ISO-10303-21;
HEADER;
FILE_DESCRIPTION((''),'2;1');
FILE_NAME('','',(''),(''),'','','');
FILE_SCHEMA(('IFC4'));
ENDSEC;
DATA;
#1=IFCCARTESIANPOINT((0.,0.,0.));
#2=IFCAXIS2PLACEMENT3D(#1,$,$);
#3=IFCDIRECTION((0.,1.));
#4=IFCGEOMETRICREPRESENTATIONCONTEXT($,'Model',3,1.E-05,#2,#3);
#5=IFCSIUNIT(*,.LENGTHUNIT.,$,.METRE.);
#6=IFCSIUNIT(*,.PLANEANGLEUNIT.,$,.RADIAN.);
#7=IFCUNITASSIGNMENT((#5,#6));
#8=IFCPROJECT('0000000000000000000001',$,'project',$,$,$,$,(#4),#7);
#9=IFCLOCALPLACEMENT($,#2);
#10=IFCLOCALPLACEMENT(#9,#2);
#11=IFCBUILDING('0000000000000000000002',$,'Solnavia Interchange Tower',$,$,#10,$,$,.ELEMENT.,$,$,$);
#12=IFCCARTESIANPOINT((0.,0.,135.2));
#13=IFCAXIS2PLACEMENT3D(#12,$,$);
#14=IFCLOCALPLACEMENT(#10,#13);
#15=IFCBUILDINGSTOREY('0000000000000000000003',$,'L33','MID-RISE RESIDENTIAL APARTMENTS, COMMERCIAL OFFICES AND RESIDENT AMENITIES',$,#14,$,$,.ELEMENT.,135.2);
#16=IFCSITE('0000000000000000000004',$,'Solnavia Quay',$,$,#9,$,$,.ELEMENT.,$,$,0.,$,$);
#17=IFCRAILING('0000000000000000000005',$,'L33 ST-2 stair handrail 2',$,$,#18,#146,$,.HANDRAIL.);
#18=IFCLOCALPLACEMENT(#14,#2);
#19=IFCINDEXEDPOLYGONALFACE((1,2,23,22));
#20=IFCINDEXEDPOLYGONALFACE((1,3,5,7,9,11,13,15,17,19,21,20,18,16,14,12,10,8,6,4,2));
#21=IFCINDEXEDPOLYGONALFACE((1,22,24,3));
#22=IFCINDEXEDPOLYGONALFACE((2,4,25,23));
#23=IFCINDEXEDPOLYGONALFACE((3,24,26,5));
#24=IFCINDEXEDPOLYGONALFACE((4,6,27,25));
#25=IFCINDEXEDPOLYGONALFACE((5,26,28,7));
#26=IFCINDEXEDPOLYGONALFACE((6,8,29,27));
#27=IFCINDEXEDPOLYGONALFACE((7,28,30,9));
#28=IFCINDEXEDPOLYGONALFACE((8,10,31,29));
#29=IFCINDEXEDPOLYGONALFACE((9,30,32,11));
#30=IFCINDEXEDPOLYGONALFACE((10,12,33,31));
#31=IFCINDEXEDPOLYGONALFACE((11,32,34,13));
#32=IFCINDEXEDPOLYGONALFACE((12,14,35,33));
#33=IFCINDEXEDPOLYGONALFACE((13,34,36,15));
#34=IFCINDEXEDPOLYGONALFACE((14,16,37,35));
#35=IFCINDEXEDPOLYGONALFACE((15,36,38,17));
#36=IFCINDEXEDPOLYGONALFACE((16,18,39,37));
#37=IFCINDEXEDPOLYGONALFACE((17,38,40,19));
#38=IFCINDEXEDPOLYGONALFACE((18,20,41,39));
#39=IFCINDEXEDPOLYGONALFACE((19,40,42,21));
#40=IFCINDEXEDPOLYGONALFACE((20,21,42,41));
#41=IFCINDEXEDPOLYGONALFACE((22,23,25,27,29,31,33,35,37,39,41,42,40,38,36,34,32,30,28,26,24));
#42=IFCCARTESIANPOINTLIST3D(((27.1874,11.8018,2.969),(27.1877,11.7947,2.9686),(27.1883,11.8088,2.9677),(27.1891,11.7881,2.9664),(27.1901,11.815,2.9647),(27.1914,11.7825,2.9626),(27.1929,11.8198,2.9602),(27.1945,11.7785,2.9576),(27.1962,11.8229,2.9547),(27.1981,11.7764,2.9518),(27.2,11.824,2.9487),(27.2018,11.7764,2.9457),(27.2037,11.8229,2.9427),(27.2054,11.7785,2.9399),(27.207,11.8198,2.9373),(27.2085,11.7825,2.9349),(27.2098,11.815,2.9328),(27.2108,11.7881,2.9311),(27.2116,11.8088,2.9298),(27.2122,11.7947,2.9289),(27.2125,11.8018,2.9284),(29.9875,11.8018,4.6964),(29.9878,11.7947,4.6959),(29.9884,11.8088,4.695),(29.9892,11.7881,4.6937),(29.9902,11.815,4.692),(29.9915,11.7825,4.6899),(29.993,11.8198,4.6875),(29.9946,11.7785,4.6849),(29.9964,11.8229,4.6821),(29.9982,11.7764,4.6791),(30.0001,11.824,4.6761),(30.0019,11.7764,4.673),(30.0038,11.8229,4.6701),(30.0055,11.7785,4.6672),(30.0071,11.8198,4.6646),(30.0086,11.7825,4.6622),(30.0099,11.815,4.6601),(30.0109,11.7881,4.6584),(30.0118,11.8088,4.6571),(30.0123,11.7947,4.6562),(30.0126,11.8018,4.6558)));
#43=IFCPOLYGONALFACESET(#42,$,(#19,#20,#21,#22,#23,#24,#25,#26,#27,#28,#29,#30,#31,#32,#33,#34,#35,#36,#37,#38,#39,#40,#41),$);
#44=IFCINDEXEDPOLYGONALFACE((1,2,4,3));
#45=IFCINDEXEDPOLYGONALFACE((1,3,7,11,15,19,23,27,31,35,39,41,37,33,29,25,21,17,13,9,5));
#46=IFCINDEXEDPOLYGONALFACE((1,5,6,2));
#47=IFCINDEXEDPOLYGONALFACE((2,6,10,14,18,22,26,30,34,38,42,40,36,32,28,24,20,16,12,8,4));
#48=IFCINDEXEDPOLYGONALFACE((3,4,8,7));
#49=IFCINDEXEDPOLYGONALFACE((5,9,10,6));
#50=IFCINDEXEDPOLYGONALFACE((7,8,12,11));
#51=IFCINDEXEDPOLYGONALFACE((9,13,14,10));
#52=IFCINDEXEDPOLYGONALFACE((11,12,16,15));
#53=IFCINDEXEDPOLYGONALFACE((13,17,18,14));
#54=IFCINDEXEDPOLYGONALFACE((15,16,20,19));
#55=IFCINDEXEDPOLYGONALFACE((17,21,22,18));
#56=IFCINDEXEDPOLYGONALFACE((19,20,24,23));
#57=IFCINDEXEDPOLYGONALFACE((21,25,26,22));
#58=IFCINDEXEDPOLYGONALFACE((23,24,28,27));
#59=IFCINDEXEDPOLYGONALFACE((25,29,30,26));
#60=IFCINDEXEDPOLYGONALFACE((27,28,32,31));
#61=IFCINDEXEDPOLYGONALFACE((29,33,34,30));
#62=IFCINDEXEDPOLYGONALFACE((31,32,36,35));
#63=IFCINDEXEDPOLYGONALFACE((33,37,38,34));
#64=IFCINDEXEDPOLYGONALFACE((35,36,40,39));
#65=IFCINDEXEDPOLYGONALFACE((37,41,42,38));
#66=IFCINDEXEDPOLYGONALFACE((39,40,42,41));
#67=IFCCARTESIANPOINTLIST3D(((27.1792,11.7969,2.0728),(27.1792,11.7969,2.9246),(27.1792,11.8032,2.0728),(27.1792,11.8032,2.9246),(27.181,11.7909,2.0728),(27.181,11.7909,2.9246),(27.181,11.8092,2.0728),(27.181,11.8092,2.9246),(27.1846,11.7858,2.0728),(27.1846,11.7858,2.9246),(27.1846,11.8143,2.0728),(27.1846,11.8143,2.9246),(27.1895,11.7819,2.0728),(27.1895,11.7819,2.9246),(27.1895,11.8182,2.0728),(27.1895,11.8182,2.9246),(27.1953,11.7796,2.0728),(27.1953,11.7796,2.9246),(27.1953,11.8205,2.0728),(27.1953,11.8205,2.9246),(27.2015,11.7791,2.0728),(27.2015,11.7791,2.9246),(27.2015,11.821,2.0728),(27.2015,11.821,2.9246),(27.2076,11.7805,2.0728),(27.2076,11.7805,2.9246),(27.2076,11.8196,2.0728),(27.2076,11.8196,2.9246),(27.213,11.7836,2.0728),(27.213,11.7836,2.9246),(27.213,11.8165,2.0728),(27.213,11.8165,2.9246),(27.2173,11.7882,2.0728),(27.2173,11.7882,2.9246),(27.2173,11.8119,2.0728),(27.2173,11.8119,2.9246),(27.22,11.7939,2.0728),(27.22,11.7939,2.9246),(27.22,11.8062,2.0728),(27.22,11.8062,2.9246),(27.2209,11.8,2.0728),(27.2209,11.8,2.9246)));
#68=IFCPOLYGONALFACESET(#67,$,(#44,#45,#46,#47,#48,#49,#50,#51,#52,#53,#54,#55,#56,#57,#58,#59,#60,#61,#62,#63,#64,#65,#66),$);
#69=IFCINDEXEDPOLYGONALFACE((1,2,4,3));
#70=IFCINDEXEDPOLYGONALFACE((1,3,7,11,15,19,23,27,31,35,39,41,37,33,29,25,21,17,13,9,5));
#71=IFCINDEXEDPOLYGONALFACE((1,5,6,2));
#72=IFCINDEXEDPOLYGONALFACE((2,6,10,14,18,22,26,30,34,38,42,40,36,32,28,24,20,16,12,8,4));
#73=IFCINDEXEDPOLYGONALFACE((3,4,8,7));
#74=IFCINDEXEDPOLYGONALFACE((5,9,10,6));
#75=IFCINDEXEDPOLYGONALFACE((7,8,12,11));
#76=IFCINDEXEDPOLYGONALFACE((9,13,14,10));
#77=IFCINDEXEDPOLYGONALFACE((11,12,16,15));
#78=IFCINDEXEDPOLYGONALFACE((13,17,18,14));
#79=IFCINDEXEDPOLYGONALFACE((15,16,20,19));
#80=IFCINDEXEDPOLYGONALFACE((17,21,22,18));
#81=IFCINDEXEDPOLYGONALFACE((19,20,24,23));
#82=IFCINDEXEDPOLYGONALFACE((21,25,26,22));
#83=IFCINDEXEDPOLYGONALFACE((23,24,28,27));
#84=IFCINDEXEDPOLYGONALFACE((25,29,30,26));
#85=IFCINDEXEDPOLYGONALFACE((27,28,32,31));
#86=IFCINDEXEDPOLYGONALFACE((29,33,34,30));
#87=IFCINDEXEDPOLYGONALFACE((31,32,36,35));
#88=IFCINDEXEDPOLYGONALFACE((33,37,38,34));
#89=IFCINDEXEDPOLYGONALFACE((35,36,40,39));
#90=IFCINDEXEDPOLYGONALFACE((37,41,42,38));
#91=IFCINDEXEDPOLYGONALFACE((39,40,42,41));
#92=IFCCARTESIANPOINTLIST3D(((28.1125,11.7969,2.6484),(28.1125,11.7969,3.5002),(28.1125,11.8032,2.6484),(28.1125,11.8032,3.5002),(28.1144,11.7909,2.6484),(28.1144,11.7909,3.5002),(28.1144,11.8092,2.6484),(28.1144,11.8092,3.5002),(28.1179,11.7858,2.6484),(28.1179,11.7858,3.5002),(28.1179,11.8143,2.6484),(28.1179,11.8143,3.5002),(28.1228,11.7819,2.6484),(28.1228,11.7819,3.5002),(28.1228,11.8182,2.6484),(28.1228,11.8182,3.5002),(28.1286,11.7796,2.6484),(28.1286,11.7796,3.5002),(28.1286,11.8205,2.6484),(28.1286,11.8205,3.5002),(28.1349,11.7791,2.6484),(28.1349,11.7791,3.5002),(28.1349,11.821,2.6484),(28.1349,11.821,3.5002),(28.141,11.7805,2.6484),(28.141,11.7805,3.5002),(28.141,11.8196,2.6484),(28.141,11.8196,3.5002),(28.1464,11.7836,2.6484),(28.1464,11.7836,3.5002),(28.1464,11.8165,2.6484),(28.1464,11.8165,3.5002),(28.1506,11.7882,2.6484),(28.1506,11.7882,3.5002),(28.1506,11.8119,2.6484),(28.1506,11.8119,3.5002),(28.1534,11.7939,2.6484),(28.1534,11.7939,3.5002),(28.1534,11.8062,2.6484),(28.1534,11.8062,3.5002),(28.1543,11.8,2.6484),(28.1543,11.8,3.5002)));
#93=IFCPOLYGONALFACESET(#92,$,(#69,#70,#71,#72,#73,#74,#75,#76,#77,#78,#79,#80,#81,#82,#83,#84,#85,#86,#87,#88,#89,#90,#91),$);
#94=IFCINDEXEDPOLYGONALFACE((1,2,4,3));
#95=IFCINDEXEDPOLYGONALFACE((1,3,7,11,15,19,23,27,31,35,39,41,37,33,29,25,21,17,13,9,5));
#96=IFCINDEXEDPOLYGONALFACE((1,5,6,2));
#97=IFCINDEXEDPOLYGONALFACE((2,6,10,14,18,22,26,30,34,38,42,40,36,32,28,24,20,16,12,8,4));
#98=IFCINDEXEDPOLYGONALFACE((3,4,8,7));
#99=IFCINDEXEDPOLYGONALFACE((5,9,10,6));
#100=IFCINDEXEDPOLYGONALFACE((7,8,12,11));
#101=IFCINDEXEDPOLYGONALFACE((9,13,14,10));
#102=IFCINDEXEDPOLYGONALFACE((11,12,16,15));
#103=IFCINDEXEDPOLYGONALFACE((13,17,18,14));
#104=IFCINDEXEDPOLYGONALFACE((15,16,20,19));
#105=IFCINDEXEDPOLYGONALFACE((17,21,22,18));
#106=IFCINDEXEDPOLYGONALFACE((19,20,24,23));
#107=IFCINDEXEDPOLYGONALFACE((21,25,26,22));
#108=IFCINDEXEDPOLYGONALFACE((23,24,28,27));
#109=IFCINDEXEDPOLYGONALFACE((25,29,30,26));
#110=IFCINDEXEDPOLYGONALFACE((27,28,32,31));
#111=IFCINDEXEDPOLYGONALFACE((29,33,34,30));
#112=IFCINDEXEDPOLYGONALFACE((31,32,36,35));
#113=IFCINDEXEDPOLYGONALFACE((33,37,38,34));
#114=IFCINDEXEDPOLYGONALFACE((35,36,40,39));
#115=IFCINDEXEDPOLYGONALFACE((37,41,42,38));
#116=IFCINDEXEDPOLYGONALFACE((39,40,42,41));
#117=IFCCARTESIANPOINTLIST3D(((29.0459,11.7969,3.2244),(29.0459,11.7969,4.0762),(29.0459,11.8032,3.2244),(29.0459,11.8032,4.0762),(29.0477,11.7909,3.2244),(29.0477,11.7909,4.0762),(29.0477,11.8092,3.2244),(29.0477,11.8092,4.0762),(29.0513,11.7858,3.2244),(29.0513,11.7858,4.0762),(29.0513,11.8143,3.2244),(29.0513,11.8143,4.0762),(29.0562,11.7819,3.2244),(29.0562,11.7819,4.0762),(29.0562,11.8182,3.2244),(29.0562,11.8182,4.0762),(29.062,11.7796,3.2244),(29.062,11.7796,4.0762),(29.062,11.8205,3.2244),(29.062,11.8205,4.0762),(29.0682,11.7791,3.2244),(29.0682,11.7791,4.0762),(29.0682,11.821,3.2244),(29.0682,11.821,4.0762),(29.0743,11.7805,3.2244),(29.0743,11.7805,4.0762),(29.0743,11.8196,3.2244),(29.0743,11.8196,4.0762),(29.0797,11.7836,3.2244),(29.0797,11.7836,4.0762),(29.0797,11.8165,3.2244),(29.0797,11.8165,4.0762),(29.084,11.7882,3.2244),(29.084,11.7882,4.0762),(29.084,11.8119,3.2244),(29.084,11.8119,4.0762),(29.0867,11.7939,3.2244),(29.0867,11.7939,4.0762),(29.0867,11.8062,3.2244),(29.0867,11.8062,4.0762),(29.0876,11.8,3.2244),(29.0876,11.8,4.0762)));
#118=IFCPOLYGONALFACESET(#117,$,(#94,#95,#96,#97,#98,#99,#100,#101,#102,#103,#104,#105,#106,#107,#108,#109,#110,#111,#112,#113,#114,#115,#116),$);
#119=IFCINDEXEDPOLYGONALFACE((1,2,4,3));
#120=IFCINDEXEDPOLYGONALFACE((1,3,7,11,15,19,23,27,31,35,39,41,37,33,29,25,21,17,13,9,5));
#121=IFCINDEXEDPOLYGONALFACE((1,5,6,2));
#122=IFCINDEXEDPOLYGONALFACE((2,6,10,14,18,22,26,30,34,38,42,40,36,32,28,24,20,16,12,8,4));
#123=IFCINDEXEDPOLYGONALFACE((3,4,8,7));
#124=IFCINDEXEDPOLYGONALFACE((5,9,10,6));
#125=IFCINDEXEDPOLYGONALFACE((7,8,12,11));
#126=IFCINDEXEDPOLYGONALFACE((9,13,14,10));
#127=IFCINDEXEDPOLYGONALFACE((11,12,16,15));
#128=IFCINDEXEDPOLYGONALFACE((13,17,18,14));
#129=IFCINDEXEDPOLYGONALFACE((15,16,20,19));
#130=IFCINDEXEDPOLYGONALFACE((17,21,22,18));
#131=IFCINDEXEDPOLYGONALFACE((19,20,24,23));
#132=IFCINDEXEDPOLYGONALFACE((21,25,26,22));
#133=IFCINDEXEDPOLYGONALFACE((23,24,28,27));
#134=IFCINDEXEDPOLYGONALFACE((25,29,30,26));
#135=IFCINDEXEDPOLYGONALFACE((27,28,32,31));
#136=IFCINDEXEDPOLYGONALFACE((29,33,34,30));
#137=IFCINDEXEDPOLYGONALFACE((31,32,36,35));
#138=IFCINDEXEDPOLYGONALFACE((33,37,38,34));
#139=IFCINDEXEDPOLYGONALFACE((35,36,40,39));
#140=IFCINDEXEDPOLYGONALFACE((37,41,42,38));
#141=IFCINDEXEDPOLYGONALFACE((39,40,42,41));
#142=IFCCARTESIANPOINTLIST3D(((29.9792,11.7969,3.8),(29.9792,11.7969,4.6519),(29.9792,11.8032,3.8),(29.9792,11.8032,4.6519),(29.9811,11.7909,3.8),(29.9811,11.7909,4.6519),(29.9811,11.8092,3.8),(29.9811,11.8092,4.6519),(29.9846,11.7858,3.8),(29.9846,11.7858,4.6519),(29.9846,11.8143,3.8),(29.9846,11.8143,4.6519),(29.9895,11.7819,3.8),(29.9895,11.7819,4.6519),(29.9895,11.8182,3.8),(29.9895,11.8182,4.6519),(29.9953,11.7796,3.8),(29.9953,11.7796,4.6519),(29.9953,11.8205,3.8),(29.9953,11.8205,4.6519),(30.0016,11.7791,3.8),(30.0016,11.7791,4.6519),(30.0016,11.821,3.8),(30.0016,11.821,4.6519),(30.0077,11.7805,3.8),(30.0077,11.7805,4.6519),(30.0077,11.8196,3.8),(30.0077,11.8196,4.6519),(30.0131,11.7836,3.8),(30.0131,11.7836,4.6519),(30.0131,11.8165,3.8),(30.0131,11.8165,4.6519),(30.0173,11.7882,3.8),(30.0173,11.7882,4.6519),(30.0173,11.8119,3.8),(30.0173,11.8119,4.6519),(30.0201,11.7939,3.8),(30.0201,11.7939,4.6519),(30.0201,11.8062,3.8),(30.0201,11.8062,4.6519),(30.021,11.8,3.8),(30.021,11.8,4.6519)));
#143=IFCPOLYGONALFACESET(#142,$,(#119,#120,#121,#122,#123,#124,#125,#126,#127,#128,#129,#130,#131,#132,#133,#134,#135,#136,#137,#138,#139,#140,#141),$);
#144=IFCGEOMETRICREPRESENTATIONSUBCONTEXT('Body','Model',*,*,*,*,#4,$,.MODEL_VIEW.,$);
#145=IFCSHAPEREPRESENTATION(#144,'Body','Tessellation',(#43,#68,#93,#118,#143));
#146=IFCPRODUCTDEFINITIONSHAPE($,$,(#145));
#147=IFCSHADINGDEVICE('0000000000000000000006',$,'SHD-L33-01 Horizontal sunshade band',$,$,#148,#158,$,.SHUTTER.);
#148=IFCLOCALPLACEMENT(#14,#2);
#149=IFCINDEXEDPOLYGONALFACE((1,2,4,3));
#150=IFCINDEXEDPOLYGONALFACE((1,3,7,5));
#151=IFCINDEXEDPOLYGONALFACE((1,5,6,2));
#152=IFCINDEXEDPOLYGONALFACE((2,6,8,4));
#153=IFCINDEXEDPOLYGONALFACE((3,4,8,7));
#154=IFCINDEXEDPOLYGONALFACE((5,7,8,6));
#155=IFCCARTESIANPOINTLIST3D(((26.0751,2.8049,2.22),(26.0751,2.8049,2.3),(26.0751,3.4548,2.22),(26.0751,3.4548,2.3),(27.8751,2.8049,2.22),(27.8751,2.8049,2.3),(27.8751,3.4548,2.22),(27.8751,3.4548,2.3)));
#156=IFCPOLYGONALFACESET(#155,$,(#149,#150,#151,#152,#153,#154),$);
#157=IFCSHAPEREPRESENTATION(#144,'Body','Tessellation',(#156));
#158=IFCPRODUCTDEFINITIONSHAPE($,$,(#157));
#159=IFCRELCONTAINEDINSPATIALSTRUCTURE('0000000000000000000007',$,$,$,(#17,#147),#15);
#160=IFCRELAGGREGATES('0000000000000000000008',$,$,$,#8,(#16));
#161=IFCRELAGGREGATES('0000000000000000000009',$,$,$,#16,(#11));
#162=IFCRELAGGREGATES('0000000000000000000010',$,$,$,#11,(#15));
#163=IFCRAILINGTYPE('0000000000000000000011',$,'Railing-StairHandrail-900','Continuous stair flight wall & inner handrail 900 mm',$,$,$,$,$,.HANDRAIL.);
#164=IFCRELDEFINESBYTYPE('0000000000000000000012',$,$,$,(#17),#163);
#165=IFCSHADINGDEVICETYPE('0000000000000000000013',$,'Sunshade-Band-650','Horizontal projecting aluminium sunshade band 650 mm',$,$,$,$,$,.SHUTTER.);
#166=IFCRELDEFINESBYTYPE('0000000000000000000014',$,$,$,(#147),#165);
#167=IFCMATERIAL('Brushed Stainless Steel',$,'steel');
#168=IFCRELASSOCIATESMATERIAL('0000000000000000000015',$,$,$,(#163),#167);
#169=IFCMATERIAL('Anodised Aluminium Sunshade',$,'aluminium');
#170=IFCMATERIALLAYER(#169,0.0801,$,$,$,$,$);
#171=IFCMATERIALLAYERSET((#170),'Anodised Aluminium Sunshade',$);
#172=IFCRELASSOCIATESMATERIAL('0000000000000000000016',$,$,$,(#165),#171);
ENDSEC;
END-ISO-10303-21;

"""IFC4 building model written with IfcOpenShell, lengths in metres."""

from ifc_helpers import new_model, si_unit, direction, frame, origin, origin_2d, place, context, subcontext, project, spatial, rectangle, circle, extrude, material, layer, layer_set, type_object, element, save


model = new_model("IFC4")

# Units and contexts
model_context = context("Model", 3, precision=1e-05, world=origin(), true_north=direction((0.0, 1.0)))
body_context = subcontext(model_context, "Body", "Model", "MODEL_VIEW")
ifc_project = project(units=[si_unit("LENGTHUNIT", "METRE"), si_unit("PLANEANGLEUNIT", "RADIAN")], contexts=[model_context])

# Site, building, storey
site_placement = place(None, origin())
site = spatial("IfcSite", under=ifc_project, at=site_placement, Name="Solnavia Quay", CompositionType="ELEMENT", RefElevation=0.0)
building_placement = place(site_placement, origin())
building = spatial("IfcBuilding", under=site, at=building_placement, Name="Solnavia Interchange Tower", CompositionType="ELEMENT")
storey_placement = place(building_placement, frame((0.0, 0.0, 135.2)))
storey = spatial("IfcBuildingStorey", under=building, at=storey_placement, Name="L33", Description="MID-RISE RESIDENTIAL APARTMENTS, COMMERCIAL OFFICES AND RESIDENT AMENITIES", CompositionType="ELEMENT", Elevation=135.2)

# Railing
ifc_material_1 = material(Name="Brushed Stainless Steel", Category="steel")
railing_type_1 = type_object("IfcRailingType", Name="Railing-StairHandrail-900", Description="Continuous stair flight wall & inner handrail 900 mm", PredefinedType="HANDRAIL", material=ifc_material_1)
railing_1_placement = place(storey_placement, frame((27.2, 11.8, 2.0728)))
element("IfcRailing", 1, at=railing_1_placement, inside=storey, type_object=railing_type_1, Name="L33 ST-2 stair handrail 2", PredefinedType="HANDRAIL", context=body_context, shape_type="SweptSolid", body=[
    extrude(circle(Radius=0.0239, at=origin_2d()), frame((0.0, 0.0, 0.876), z_axis=(0.85109, 0.0, 0.52502), x_axis=(0.0, 1.0, 0.0)), (0.0, 0.0, 1.0), 3.29),
    extrude(circle(Radius=0.021, at=origin_2d()), origin(), (0.0, 0.0, 1.0), 0.8518),
    extrude(circle(Radius=0.021, at=origin_2d()), frame((0.9333, 0.0, 0.5757)), (0.0, 0.0, 1.0), 0.8518),
    extrude(circle(Radius=0.021, at=origin_2d()), frame((1.8667, 0.0, 1.1516)), (0.0, 0.0, 1.0), 0.8518),
    extrude(circle(Radius=0.021, at=origin_2d()), frame((2.8, 0.0, 1.7273)), (0.0, 0.0, 1.0), 0.8518),
])

# Shading device
ifc_material_2 = material(Name="Anodised Aluminium Sunshade", Category="aluminium")
ifc_layer_1 = layer(ifc_material_2, 0.0801)
ifc_layer_set_1 = layer_set([ifc_layer_1], Name="Anodised Aluminium Sunshade")
shading_device_type = type_object("IfcShadingDeviceType", Name="Sunshade-Band-650", Description="Horizontal projecting aluminium sunshade band 650 mm", PredefinedType="SHUTTER", material=ifc_layer_set_1)
shading_device_placement = place(storey_placement, frame((26.9751, 3.1299, 2.22), z_axis=(0.0, 0.0, 1.0), x_axis=(-1.0, 0.0, 0.0)))
element("IfcShadingDevice", 2, at=shading_device_placement, inside=storey, type_object=shading_device_type, Name="SHD-L33-01 Horizontal sunshade band", PredefinedType="SHUTTER", context=body_context, shape_type="SweptSolid", body=[
    extrude(rectangle(XDim=1.8, YDim=0.6499, at=origin_2d()), origin(), (0.0, 0.0, 1.0), 0.0801),
])

save(model, "model.ifc")
